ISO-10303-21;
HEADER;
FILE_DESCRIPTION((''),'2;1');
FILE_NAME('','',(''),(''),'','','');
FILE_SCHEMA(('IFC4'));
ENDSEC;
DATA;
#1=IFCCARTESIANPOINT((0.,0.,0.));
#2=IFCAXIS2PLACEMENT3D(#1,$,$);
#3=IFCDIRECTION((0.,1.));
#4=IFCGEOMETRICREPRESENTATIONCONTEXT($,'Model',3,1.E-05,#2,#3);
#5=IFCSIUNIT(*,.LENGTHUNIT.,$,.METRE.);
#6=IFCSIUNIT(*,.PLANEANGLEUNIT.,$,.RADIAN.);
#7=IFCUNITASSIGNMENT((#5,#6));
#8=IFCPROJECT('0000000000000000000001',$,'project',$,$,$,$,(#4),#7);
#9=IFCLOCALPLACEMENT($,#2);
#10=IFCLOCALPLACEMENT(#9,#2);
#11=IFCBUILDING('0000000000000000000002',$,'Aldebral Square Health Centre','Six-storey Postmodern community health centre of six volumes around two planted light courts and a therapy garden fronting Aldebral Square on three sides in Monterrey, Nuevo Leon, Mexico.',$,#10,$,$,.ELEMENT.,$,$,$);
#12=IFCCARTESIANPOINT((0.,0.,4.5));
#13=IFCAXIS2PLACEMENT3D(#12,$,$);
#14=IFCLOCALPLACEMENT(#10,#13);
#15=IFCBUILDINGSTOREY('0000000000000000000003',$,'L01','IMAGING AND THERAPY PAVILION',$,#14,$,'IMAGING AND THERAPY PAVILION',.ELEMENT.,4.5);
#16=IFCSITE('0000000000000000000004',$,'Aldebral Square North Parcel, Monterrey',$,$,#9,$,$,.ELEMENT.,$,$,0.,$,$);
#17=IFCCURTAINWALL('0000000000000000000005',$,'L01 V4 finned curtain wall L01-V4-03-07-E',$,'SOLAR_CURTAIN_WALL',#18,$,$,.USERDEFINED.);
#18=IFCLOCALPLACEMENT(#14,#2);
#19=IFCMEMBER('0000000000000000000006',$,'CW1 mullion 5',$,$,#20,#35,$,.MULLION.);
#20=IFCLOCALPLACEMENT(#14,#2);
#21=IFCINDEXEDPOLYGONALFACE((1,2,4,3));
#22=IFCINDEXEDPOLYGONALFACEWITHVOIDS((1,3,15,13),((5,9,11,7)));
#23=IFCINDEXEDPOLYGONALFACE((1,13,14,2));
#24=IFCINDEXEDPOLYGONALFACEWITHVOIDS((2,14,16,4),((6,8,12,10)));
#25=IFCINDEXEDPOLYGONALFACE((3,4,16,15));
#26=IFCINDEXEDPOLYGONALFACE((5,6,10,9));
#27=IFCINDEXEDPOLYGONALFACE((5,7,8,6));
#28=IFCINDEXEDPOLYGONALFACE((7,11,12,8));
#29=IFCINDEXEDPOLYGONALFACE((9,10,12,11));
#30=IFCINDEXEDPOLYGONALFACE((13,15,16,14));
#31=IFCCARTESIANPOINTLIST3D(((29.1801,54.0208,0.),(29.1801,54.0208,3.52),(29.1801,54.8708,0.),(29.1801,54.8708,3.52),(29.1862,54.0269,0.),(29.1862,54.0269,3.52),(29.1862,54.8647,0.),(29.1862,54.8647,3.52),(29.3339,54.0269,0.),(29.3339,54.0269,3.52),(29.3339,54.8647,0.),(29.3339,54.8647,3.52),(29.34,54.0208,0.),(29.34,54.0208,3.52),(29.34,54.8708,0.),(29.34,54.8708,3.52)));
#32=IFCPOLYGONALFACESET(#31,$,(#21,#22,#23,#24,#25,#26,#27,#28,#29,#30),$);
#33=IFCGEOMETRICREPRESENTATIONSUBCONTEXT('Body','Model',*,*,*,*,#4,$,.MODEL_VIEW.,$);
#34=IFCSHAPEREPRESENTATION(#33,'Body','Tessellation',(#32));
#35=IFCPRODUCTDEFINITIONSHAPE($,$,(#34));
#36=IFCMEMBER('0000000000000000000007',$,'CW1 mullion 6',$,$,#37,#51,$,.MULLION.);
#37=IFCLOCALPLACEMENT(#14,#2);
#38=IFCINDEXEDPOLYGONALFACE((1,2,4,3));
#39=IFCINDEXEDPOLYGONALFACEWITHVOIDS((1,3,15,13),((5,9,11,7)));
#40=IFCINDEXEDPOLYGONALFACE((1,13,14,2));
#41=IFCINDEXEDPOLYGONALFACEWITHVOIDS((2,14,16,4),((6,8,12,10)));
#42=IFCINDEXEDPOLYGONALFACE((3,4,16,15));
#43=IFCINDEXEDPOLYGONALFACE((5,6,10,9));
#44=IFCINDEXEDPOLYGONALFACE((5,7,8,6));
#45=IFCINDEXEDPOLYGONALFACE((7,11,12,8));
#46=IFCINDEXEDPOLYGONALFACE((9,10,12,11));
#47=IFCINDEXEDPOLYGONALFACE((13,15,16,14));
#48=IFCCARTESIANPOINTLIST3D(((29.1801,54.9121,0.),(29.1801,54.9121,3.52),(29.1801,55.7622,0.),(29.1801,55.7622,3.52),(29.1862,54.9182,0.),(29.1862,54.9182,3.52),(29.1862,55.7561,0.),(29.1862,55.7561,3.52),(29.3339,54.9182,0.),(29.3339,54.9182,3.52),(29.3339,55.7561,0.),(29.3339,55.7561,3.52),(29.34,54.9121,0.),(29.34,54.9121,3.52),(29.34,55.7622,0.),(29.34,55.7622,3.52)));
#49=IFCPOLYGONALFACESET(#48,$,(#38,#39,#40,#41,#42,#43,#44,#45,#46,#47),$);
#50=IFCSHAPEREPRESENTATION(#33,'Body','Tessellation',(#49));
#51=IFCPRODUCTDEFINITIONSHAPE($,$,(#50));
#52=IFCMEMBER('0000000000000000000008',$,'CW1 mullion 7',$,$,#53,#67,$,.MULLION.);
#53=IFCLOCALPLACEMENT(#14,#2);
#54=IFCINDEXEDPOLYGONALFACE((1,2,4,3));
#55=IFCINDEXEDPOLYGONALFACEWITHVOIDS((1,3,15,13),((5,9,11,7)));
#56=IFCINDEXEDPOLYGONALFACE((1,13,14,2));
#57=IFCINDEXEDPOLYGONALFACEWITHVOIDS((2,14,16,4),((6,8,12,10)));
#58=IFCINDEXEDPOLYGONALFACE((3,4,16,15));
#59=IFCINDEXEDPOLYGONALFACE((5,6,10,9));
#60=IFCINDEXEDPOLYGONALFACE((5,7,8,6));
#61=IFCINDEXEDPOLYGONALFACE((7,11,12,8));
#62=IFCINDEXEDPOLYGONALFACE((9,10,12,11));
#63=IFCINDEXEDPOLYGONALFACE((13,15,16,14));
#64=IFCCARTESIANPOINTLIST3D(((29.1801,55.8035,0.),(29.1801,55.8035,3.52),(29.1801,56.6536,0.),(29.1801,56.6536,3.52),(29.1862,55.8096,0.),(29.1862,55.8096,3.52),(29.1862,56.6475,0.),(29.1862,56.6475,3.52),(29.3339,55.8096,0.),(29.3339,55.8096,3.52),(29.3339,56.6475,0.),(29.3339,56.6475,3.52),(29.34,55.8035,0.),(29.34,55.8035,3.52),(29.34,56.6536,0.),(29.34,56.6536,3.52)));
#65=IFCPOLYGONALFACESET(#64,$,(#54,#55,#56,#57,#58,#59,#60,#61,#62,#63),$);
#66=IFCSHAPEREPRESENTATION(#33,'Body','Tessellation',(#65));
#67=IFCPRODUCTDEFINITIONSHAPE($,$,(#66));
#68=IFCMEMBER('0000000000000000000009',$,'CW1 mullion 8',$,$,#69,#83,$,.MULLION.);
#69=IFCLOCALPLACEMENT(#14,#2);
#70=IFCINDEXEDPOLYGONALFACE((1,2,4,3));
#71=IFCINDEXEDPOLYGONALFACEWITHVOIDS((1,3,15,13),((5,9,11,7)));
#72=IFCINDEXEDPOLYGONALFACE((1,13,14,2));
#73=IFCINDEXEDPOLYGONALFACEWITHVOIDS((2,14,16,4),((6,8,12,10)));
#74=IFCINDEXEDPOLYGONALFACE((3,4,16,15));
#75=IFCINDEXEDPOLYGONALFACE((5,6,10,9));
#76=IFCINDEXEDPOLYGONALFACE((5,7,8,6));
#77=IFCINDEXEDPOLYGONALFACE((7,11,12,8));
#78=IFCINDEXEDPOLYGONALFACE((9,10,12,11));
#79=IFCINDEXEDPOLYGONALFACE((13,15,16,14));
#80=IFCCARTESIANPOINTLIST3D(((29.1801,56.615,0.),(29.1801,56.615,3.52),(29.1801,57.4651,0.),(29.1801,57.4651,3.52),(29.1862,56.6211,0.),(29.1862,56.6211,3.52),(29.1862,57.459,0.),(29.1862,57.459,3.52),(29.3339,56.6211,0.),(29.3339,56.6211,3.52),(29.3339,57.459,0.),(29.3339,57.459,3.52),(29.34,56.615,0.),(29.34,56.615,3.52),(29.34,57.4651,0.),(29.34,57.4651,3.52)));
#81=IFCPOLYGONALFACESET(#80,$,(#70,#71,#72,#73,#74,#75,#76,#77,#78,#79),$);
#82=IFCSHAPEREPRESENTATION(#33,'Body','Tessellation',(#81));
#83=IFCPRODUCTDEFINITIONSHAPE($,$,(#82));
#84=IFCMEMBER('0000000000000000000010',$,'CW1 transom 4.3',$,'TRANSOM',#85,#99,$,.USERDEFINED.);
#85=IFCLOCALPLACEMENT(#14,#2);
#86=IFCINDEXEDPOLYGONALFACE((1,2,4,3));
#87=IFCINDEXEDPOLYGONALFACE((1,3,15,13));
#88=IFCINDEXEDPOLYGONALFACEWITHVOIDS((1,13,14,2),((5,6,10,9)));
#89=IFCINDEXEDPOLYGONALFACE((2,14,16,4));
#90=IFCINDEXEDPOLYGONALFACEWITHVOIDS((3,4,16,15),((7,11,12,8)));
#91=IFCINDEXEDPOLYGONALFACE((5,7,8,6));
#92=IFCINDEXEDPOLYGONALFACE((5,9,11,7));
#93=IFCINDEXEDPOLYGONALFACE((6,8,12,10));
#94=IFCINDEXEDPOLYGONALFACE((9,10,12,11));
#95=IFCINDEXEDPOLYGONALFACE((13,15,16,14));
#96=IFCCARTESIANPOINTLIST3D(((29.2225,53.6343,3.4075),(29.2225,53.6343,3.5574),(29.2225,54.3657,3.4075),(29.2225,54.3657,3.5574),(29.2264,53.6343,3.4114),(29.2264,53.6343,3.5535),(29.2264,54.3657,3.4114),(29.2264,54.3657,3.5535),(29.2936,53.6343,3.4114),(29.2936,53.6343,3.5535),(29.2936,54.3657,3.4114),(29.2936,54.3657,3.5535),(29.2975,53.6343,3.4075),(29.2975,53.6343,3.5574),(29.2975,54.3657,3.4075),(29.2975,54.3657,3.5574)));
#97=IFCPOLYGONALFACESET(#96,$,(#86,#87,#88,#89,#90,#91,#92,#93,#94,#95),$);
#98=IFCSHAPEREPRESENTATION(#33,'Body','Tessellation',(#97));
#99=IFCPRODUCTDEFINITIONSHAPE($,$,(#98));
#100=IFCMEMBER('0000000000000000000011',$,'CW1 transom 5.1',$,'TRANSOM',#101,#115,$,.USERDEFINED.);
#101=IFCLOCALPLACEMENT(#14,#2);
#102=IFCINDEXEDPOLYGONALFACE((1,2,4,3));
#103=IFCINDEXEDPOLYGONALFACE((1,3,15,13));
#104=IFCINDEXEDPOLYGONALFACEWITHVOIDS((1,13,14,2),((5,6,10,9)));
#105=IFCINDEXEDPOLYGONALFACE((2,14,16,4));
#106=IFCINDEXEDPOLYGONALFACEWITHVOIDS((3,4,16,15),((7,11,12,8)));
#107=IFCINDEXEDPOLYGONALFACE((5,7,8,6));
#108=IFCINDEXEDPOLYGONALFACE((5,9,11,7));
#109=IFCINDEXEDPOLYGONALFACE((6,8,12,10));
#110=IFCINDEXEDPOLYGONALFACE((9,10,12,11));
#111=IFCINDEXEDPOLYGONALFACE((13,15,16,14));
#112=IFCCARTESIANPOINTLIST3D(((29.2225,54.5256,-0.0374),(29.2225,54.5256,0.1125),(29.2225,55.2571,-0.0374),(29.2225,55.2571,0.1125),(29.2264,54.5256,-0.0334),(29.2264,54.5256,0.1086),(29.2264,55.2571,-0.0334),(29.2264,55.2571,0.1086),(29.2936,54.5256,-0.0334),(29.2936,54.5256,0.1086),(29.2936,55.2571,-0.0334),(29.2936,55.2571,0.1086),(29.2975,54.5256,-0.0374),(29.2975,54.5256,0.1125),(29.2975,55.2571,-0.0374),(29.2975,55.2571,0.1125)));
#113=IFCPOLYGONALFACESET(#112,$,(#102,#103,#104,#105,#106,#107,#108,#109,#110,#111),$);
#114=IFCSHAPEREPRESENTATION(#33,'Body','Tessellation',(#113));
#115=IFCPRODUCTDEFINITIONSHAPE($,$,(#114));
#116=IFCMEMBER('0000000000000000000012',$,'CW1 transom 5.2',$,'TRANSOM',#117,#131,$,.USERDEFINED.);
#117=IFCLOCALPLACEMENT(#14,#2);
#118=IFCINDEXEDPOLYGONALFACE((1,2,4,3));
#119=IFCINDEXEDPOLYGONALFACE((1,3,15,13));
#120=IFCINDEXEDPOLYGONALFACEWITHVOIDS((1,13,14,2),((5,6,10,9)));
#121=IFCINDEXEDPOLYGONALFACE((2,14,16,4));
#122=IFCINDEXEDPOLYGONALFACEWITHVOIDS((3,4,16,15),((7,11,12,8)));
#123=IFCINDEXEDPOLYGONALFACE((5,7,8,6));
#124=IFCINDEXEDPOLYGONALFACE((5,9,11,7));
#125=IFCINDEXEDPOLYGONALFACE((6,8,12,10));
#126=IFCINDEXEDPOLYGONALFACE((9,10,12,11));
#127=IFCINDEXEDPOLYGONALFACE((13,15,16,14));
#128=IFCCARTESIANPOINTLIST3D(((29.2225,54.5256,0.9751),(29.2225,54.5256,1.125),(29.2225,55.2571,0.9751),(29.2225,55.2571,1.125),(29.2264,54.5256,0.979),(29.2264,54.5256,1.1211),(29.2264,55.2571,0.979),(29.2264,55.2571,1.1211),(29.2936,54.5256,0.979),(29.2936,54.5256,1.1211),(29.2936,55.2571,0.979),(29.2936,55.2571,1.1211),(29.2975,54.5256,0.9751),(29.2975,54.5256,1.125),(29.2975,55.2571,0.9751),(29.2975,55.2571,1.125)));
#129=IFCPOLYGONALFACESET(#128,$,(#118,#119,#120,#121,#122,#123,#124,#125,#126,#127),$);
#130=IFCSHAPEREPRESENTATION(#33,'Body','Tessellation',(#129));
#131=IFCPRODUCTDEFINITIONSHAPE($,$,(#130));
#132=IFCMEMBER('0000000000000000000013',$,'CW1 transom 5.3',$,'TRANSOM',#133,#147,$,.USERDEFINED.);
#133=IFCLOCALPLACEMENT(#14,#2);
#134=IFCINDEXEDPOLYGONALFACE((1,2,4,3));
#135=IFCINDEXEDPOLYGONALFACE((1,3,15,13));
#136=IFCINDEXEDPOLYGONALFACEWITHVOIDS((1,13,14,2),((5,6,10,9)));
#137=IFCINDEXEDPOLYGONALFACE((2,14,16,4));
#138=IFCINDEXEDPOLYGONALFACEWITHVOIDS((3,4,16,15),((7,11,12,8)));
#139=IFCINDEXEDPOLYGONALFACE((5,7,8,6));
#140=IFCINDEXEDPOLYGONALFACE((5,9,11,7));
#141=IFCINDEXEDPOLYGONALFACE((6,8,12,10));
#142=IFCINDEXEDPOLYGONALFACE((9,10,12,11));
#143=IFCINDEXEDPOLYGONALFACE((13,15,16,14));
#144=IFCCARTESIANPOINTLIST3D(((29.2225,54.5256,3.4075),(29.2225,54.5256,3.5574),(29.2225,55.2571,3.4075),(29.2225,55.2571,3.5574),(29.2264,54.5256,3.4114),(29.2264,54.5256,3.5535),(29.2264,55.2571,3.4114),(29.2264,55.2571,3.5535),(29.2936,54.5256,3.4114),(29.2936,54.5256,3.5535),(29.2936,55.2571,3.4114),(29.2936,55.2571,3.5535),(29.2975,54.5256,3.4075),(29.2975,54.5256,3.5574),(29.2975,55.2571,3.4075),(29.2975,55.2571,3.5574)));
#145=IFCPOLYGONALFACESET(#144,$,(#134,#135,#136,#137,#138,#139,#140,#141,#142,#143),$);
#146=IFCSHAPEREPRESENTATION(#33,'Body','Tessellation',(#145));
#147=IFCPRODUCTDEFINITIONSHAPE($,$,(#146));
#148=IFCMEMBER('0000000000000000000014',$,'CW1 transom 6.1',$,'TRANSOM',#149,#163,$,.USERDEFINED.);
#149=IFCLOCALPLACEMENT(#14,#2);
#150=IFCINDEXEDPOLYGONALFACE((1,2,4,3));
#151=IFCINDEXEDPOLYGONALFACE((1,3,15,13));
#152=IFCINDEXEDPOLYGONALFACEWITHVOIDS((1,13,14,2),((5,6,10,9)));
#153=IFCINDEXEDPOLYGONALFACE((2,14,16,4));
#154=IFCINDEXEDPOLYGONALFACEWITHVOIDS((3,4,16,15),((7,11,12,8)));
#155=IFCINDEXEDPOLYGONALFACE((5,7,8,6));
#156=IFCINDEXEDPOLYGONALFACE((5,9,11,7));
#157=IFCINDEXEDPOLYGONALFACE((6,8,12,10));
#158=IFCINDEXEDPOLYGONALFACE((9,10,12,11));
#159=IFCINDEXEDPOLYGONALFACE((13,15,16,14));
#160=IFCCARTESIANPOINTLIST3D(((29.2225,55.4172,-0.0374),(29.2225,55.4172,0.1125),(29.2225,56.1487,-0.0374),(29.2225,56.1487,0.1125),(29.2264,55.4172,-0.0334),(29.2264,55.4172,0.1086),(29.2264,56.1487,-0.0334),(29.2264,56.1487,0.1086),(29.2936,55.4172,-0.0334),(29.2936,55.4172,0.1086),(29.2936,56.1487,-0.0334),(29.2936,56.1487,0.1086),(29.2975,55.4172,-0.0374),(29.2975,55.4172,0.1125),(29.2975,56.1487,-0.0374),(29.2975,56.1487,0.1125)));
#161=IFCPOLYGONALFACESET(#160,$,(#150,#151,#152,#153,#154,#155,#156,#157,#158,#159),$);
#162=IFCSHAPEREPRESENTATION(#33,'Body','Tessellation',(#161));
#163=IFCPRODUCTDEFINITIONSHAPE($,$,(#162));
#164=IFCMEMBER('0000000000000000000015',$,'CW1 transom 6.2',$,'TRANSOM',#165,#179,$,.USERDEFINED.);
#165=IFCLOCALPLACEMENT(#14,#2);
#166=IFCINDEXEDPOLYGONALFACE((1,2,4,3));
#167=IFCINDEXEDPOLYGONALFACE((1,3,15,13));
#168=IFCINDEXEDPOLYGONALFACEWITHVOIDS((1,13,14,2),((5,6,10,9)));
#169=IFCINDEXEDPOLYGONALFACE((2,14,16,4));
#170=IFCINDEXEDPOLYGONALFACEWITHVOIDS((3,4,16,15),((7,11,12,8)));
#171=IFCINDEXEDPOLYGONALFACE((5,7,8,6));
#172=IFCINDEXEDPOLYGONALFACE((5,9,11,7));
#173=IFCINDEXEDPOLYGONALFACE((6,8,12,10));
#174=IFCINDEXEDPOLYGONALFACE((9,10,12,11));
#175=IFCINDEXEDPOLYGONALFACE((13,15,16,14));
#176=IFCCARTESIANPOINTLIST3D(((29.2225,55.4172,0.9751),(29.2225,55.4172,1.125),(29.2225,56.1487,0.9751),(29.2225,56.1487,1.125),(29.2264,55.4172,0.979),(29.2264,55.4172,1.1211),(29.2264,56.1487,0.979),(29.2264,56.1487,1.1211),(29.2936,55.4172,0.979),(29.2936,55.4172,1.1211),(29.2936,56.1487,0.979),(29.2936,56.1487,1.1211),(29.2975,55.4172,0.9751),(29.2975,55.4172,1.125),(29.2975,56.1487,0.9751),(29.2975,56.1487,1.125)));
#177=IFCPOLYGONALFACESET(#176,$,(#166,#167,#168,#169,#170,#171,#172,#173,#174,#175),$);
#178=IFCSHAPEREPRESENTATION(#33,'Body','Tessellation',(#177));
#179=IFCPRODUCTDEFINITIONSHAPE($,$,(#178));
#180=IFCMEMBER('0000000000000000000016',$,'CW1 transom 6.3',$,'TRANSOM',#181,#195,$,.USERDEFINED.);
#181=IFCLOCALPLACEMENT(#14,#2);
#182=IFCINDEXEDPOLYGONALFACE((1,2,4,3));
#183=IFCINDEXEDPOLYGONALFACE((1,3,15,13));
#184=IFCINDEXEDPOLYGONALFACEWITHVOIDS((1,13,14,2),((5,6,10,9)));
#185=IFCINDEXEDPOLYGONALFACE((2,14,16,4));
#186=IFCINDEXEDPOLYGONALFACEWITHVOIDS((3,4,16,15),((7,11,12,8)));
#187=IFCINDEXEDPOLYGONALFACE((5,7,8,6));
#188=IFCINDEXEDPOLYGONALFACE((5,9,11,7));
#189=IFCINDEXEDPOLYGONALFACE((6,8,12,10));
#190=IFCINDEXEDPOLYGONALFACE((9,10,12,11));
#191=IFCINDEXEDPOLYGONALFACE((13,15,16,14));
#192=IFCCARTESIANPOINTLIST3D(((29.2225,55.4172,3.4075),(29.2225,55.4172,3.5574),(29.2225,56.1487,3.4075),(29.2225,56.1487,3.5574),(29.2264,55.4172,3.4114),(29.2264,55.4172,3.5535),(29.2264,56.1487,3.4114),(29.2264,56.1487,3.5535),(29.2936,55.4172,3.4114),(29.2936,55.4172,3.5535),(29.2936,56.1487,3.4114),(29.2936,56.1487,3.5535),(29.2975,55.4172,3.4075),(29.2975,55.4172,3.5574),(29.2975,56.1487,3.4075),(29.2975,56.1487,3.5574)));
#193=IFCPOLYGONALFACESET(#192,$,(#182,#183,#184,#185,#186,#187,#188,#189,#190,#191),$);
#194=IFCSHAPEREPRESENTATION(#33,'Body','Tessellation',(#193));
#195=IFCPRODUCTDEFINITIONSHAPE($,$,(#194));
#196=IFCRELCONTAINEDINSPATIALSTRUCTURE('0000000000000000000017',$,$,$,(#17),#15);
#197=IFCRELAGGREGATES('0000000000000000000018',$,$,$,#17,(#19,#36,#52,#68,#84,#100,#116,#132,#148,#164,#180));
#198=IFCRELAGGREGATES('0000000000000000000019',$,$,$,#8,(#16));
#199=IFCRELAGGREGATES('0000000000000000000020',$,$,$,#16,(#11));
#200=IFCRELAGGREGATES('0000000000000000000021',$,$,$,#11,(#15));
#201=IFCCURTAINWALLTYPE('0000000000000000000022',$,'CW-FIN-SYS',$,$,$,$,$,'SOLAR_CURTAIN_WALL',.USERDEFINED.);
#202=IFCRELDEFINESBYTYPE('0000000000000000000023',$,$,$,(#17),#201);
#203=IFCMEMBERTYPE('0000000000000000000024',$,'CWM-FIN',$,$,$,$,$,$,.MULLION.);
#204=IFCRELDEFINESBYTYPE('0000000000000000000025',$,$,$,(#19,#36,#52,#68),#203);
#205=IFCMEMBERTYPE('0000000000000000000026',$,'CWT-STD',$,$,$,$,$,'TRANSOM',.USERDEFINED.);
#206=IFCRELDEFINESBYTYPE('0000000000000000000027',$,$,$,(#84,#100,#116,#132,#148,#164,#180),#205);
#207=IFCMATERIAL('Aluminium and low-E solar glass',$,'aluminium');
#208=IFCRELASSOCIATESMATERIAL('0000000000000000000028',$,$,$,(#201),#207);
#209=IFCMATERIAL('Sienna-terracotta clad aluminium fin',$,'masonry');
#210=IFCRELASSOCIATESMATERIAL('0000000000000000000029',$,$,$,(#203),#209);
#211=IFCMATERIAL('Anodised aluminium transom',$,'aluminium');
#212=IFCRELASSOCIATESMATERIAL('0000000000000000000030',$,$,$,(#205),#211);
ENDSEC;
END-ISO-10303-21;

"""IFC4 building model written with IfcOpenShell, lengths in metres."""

from ifc_helpers import new_model, si_unit, direction, frame, origin, origin_2d, place, context, subcontext, project, spatial, hollow_rectangle, extrude, material, material_profile, profile_set, type_object, element, aggregate, save


model = new_model("IFC4")

# Units and contexts
model_context = context("Model", 3, precision=1e-05, world=origin(), true_north=direction((0.0, 1.0)))
body_context = subcontext(model_context, "Body", "Model", "MODEL_VIEW")
ifc_project = project(units=[si_unit("LENGTHUNIT", "METRE"), si_unit("PLANEANGLEUNIT", "RADIAN")], contexts=[model_context])

# Site, building, storey
site_placement = place(None, origin())
site = spatial("IfcSite", under=ifc_project, at=site_placement, Name="Aldebral Square North Parcel, Monterrey", CompositionType="ELEMENT", RefElevation=0.0)
building_placement = place(site_placement, origin())
building = spatial("IfcBuilding", under=site, at=building_placement, Name="Aldebral Square Health Centre", Description="Six-storey Postmodern community health centre of six volumes around two planted light courts and a therapy garden fronting Aldebral Square on three sides in Monterrey, Nuevo Leon, Mexico.", CompositionType="ELEMENT")
storey_placement = place(building_placement, frame((0.0, 0.0, 4.5)))
storey = spatial("IfcBuildingStorey", under=building, at=storey_placement, Name="L01", Description="IMAGING AND THERAPY PAVILION", LongName="IMAGING AND THERAPY PAVILION", CompositionType="ELEMENT", Elevation=4.5)

# Curtain wall, members
ifc_material_1 = material(Name="Aluminium and low-E solar glass", Category="aluminium")
curtain_wall_type = type_object("IfcCurtainWallType", Name="CW-FIN-SYS", ElementType="SOLAR_CURTAIN_WALL", PredefinedType="USERDEFINED", material=ifc_material_1)
curtain_wall_placement = place(storey_placement, origin())
curtain_wall = element("IfcCurtainWall", 1, at=curtain_wall_placement, inside=storey, type_object=curtain_wall_type, Name="L01 V4 finned curtain wall L01-V4-03-07-E", ObjectType="SOLAR_CURTAIN_WALL", PredefinedType="USERDEFINED")
ifc_material_2 = material(Name="Sienna-terracotta clad aluminium fin", Category="masonry")
ifc_material_profile_1 = material_profile(ifc_material_2, hollow_rectangle(XDim=0.1599, YDim=0.8501, WallThickness=0.0061, at=origin_2d()), Name="FIN 160x850x6")
ifc_profile_set_1 = profile_set([ifc_material_profile_1], Name="Sienna-terracotta clad aluminium fin")
member_type_1 = type_object("IfcMemberType", Name="CWM-FIN", PredefinedType="MULLION", material=ifc_profile_set_1)
member_1_placement = place(storey_placement, frame((29.26, 54.4458, 0.0), z_axis=(0.0, 0.0, 1.0), x_axis=(-1.0, 0.0, 0.0)))
member_1 = element("IfcMember", 2, at=member_1_placement, type_object=member_type_1, Name="CW1 mullion 5", PredefinedType="MULLION", context=body_context, shape_type="SweptSolid", body=[
    extrude(hollow_rectangle(XDim=0.1599, YDim=0.8501, WallThickness=0.0061, at=origin_2d()), origin(), (0.0, 0.0, 1.0), 3.52),
])
member_2_placement = place(storey_placement, frame((29.26, 55.3372, 0.0), z_axis=(0.0, 0.0, 1.0), x_axis=(-1.0, 0.0, 0.0)))
member_2 = element("IfcMember", 3, at=member_2_placement, type_object=member_type_1, Name="CW1 mullion 6", PredefinedType="MULLION", context=body_context, shape_type="SweptSolid", body=[
    extrude(hollow_rectangle(XDim=0.1599, YDim=0.8501, WallThickness=0.0061, at=origin_2d()), origin(), (0.0, 0.0, 1.0), 3.52),
])
member_3_placement = place(storey_placement, frame((29.26, 56.2285, 0.0), z_axis=(0.0, 0.0, 1.0), x_axis=(-1.0, 0.0, 0.0)))
member_3 = element("IfcMember", 4, at=member_3_placement, type_object=member_type_1, Name="CW1 mullion 7", PredefinedType="MULLION", context=body_context, shape_type="SweptSolid", body=[
    extrude(hollow_rectangle(XDim=0.1599, YDim=0.8501, WallThickness=0.0061, at=origin_2d()), origin(), (0.0, 0.0, 1.0), 3.52),
])
member_4_placement = place(storey_placement, frame((29.26, 57.04, 0.0), z_axis=(0.0, 0.0, 1.0), x_axis=(-1.0, 0.0, 0.0)))
member_4 = element("IfcMember", 5, at=member_4_placement, type_object=member_type_1, Name="CW1 mullion 8", PredefinedType="MULLION", context=body_context, shape_type="SweptSolid", body=[
    extrude(hollow_rectangle(XDim=0.1599, YDim=0.8501, WallThickness=0.0061, at=origin_2d()), origin(), (0.0, 0.0, 1.0), 3.52),
])
ifc_material_3 = material(Name="Anodised aluminium transom", Category="aluminium")
ifc_material_profile_2 = material_profile(ifc_material_3, hollow_rectangle(XDim=0.075, YDim=0.1499, WallThickness=0.0039, at=origin_2d()), Name="CWT 75x150x4")
ifc_profile_set_2 = profile_set([ifc_material_profile_2], Name="Anodised aluminium transom")
member_type_2 = type_object("IfcMemberType", Name="CWT-STD", ElementType="TRANSOM", PredefinedType="USERDEFINED", material=ifc_profile_set_2)
member_5_placement = place(storey_placement, frame((29.26, 53.6343, 3.4824), z_axis=(0.0, 1.0, 0.0), x_axis=(-1.0, 0.0, 0.0)))
member_5 = element("IfcMember", 6, at=member_5_placement, type_object=member_type_2, Name="CW1 transom 4.3", ObjectType="TRANSOM", PredefinedType="USERDEFINED", context=body_context, shape_type="SweptSolid", body=[
    extrude(hollow_rectangle(XDim=0.075, YDim=0.1499, WallThickness=0.0039, at=origin_2d()), origin(), (0.0, 0.0, 1.0), 0.7314),
])
member_6_placement = place(storey_placement, frame((29.26, 54.5256, 0.0376), z_axis=(0.0, 1.0, 0.0), x_axis=(-1.0, 0.0, 0.0)))
member_6 = element("IfcMember", 7, at=member_6_placement, type_object=member_type_2, Name="CW1 transom 5.1", ObjectType="TRANSOM", PredefinedType="USERDEFINED", context=body_context, shape_type="SweptSolid", body=[
    extrude(hollow_rectangle(XDim=0.075, YDim=0.1499, WallThickness=0.0039, at=origin_2d()), origin(), (0.0, 0.0, 1.0), 0.7314),
])
member_7_placement = place(storey_placement, frame((29.26, 54.5256, 1.05), z_axis=(0.0, 1.0, 0.0), x_axis=(-1.0, 0.0, 0.0)))
member_7 = element("IfcMember", 8, at=member_7_placement, type_object=member_type_2, Name="CW1 transom 5.2", ObjectType="TRANSOM", PredefinedType="USERDEFINED", context=body_context, shape_type="SweptSolid", body=[
    extrude(hollow_rectangle(XDim=0.075, YDim=0.1499, WallThickness=0.0039, at=origin_2d()), origin(), (0.0, 0.0, 1.0), 0.7314),
])
member_8_placement = place(storey_placement, frame((29.26, 54.5256, 3.4824), z_axis=(0.0, 1.0, 0.0), x_axis=(-1.0, 0.0, 0.0)))
member_8 = element("IfcMember", 9, at=member_8_placement, type_object=member_type_2, Name="CW1 transom 5.3", ObjectType="TRANSOM", PredefinedType="USERDEFINED", context=body_context, shape_type="SweptSolid", body=[
    extrude(hollow_rectangle(XDim=0.075, YDim=0.1499, WallThickness=0.0039, at=origin_2d()), origin(), (0.0, 0.0, 1.0), 0.7314),
])
member_9_placement = place(storey_placement, frame((29.26, 55.4172, 0.0376), z_axis=(0.0, 1.0, 0.0), x_axis=(-1.0, 0.0, 0.0)))
member_9 = element("IfcMember", 10, at=member_9_placement, type_object=member_type_2, Name="CW1 transom 6.1", ObjectType="TRANSOM", PredefinedType="USERDEFINED", context=body_context, shape_type="SweptSolid", body=[
    extrude(hollow_rectangle(XDim=0.075, YDim=0.1499, WallThickness=0.0039, at=origin_2d()), origin(), (0.0, 0.0, 1.0), 0.7314),
])
member_10_placement = place(storey_placement, frame((29.26, 55.4172, 1.05), z_axis=(0.0, 1.0, 0.0), x_axis=(-1.0, 0.0, 0.0)))
member_10 = element("IfcMember", 11, at=member_10_placement, type_object=member_type_2, Name="CW1 transom 6.2", ObjectType="TRANSOM", PredefinedType="USERDEFINED", context=body_context, shape_type="SweptSolid", body=[
    extrude(hollow_rectangle(XDim=0.075, YDim=0.1499, WallThickness=0.0039, at=origin_2d()), origin(), (0.0, 0.0, 1.0), 0.7314),
])
member_11_placement = place(storey_placement, frame((29.26, 55.4172, 3.4824), z_axis=(0.0, 1.0, 0.0), x_axis=(-1.0, 0.0, 0.0)))
member_11 = element("IfcMember", 12, at=member_11_placement, type_object=member_type_2, Name="CW1 transom 6.3", ObjectType="TRANSOM", PredefinedType="USERDEFINED", context=body_context, shape_type="SweptSolid", body=[
    extrude(hollow_rectangle(XDim=0.075, YDim=0.1499, WallThickness=0.0039, at=origin_2d()), origin(), (0.0, 0.0, 1.0), 0.7314),
])
aggregate(curtain_wall, [member_1, member_2, member_3, member_4, member_5, member_6, member_7, member_8, member_9, member_10, member_11])

save(model, "model.ifc")
